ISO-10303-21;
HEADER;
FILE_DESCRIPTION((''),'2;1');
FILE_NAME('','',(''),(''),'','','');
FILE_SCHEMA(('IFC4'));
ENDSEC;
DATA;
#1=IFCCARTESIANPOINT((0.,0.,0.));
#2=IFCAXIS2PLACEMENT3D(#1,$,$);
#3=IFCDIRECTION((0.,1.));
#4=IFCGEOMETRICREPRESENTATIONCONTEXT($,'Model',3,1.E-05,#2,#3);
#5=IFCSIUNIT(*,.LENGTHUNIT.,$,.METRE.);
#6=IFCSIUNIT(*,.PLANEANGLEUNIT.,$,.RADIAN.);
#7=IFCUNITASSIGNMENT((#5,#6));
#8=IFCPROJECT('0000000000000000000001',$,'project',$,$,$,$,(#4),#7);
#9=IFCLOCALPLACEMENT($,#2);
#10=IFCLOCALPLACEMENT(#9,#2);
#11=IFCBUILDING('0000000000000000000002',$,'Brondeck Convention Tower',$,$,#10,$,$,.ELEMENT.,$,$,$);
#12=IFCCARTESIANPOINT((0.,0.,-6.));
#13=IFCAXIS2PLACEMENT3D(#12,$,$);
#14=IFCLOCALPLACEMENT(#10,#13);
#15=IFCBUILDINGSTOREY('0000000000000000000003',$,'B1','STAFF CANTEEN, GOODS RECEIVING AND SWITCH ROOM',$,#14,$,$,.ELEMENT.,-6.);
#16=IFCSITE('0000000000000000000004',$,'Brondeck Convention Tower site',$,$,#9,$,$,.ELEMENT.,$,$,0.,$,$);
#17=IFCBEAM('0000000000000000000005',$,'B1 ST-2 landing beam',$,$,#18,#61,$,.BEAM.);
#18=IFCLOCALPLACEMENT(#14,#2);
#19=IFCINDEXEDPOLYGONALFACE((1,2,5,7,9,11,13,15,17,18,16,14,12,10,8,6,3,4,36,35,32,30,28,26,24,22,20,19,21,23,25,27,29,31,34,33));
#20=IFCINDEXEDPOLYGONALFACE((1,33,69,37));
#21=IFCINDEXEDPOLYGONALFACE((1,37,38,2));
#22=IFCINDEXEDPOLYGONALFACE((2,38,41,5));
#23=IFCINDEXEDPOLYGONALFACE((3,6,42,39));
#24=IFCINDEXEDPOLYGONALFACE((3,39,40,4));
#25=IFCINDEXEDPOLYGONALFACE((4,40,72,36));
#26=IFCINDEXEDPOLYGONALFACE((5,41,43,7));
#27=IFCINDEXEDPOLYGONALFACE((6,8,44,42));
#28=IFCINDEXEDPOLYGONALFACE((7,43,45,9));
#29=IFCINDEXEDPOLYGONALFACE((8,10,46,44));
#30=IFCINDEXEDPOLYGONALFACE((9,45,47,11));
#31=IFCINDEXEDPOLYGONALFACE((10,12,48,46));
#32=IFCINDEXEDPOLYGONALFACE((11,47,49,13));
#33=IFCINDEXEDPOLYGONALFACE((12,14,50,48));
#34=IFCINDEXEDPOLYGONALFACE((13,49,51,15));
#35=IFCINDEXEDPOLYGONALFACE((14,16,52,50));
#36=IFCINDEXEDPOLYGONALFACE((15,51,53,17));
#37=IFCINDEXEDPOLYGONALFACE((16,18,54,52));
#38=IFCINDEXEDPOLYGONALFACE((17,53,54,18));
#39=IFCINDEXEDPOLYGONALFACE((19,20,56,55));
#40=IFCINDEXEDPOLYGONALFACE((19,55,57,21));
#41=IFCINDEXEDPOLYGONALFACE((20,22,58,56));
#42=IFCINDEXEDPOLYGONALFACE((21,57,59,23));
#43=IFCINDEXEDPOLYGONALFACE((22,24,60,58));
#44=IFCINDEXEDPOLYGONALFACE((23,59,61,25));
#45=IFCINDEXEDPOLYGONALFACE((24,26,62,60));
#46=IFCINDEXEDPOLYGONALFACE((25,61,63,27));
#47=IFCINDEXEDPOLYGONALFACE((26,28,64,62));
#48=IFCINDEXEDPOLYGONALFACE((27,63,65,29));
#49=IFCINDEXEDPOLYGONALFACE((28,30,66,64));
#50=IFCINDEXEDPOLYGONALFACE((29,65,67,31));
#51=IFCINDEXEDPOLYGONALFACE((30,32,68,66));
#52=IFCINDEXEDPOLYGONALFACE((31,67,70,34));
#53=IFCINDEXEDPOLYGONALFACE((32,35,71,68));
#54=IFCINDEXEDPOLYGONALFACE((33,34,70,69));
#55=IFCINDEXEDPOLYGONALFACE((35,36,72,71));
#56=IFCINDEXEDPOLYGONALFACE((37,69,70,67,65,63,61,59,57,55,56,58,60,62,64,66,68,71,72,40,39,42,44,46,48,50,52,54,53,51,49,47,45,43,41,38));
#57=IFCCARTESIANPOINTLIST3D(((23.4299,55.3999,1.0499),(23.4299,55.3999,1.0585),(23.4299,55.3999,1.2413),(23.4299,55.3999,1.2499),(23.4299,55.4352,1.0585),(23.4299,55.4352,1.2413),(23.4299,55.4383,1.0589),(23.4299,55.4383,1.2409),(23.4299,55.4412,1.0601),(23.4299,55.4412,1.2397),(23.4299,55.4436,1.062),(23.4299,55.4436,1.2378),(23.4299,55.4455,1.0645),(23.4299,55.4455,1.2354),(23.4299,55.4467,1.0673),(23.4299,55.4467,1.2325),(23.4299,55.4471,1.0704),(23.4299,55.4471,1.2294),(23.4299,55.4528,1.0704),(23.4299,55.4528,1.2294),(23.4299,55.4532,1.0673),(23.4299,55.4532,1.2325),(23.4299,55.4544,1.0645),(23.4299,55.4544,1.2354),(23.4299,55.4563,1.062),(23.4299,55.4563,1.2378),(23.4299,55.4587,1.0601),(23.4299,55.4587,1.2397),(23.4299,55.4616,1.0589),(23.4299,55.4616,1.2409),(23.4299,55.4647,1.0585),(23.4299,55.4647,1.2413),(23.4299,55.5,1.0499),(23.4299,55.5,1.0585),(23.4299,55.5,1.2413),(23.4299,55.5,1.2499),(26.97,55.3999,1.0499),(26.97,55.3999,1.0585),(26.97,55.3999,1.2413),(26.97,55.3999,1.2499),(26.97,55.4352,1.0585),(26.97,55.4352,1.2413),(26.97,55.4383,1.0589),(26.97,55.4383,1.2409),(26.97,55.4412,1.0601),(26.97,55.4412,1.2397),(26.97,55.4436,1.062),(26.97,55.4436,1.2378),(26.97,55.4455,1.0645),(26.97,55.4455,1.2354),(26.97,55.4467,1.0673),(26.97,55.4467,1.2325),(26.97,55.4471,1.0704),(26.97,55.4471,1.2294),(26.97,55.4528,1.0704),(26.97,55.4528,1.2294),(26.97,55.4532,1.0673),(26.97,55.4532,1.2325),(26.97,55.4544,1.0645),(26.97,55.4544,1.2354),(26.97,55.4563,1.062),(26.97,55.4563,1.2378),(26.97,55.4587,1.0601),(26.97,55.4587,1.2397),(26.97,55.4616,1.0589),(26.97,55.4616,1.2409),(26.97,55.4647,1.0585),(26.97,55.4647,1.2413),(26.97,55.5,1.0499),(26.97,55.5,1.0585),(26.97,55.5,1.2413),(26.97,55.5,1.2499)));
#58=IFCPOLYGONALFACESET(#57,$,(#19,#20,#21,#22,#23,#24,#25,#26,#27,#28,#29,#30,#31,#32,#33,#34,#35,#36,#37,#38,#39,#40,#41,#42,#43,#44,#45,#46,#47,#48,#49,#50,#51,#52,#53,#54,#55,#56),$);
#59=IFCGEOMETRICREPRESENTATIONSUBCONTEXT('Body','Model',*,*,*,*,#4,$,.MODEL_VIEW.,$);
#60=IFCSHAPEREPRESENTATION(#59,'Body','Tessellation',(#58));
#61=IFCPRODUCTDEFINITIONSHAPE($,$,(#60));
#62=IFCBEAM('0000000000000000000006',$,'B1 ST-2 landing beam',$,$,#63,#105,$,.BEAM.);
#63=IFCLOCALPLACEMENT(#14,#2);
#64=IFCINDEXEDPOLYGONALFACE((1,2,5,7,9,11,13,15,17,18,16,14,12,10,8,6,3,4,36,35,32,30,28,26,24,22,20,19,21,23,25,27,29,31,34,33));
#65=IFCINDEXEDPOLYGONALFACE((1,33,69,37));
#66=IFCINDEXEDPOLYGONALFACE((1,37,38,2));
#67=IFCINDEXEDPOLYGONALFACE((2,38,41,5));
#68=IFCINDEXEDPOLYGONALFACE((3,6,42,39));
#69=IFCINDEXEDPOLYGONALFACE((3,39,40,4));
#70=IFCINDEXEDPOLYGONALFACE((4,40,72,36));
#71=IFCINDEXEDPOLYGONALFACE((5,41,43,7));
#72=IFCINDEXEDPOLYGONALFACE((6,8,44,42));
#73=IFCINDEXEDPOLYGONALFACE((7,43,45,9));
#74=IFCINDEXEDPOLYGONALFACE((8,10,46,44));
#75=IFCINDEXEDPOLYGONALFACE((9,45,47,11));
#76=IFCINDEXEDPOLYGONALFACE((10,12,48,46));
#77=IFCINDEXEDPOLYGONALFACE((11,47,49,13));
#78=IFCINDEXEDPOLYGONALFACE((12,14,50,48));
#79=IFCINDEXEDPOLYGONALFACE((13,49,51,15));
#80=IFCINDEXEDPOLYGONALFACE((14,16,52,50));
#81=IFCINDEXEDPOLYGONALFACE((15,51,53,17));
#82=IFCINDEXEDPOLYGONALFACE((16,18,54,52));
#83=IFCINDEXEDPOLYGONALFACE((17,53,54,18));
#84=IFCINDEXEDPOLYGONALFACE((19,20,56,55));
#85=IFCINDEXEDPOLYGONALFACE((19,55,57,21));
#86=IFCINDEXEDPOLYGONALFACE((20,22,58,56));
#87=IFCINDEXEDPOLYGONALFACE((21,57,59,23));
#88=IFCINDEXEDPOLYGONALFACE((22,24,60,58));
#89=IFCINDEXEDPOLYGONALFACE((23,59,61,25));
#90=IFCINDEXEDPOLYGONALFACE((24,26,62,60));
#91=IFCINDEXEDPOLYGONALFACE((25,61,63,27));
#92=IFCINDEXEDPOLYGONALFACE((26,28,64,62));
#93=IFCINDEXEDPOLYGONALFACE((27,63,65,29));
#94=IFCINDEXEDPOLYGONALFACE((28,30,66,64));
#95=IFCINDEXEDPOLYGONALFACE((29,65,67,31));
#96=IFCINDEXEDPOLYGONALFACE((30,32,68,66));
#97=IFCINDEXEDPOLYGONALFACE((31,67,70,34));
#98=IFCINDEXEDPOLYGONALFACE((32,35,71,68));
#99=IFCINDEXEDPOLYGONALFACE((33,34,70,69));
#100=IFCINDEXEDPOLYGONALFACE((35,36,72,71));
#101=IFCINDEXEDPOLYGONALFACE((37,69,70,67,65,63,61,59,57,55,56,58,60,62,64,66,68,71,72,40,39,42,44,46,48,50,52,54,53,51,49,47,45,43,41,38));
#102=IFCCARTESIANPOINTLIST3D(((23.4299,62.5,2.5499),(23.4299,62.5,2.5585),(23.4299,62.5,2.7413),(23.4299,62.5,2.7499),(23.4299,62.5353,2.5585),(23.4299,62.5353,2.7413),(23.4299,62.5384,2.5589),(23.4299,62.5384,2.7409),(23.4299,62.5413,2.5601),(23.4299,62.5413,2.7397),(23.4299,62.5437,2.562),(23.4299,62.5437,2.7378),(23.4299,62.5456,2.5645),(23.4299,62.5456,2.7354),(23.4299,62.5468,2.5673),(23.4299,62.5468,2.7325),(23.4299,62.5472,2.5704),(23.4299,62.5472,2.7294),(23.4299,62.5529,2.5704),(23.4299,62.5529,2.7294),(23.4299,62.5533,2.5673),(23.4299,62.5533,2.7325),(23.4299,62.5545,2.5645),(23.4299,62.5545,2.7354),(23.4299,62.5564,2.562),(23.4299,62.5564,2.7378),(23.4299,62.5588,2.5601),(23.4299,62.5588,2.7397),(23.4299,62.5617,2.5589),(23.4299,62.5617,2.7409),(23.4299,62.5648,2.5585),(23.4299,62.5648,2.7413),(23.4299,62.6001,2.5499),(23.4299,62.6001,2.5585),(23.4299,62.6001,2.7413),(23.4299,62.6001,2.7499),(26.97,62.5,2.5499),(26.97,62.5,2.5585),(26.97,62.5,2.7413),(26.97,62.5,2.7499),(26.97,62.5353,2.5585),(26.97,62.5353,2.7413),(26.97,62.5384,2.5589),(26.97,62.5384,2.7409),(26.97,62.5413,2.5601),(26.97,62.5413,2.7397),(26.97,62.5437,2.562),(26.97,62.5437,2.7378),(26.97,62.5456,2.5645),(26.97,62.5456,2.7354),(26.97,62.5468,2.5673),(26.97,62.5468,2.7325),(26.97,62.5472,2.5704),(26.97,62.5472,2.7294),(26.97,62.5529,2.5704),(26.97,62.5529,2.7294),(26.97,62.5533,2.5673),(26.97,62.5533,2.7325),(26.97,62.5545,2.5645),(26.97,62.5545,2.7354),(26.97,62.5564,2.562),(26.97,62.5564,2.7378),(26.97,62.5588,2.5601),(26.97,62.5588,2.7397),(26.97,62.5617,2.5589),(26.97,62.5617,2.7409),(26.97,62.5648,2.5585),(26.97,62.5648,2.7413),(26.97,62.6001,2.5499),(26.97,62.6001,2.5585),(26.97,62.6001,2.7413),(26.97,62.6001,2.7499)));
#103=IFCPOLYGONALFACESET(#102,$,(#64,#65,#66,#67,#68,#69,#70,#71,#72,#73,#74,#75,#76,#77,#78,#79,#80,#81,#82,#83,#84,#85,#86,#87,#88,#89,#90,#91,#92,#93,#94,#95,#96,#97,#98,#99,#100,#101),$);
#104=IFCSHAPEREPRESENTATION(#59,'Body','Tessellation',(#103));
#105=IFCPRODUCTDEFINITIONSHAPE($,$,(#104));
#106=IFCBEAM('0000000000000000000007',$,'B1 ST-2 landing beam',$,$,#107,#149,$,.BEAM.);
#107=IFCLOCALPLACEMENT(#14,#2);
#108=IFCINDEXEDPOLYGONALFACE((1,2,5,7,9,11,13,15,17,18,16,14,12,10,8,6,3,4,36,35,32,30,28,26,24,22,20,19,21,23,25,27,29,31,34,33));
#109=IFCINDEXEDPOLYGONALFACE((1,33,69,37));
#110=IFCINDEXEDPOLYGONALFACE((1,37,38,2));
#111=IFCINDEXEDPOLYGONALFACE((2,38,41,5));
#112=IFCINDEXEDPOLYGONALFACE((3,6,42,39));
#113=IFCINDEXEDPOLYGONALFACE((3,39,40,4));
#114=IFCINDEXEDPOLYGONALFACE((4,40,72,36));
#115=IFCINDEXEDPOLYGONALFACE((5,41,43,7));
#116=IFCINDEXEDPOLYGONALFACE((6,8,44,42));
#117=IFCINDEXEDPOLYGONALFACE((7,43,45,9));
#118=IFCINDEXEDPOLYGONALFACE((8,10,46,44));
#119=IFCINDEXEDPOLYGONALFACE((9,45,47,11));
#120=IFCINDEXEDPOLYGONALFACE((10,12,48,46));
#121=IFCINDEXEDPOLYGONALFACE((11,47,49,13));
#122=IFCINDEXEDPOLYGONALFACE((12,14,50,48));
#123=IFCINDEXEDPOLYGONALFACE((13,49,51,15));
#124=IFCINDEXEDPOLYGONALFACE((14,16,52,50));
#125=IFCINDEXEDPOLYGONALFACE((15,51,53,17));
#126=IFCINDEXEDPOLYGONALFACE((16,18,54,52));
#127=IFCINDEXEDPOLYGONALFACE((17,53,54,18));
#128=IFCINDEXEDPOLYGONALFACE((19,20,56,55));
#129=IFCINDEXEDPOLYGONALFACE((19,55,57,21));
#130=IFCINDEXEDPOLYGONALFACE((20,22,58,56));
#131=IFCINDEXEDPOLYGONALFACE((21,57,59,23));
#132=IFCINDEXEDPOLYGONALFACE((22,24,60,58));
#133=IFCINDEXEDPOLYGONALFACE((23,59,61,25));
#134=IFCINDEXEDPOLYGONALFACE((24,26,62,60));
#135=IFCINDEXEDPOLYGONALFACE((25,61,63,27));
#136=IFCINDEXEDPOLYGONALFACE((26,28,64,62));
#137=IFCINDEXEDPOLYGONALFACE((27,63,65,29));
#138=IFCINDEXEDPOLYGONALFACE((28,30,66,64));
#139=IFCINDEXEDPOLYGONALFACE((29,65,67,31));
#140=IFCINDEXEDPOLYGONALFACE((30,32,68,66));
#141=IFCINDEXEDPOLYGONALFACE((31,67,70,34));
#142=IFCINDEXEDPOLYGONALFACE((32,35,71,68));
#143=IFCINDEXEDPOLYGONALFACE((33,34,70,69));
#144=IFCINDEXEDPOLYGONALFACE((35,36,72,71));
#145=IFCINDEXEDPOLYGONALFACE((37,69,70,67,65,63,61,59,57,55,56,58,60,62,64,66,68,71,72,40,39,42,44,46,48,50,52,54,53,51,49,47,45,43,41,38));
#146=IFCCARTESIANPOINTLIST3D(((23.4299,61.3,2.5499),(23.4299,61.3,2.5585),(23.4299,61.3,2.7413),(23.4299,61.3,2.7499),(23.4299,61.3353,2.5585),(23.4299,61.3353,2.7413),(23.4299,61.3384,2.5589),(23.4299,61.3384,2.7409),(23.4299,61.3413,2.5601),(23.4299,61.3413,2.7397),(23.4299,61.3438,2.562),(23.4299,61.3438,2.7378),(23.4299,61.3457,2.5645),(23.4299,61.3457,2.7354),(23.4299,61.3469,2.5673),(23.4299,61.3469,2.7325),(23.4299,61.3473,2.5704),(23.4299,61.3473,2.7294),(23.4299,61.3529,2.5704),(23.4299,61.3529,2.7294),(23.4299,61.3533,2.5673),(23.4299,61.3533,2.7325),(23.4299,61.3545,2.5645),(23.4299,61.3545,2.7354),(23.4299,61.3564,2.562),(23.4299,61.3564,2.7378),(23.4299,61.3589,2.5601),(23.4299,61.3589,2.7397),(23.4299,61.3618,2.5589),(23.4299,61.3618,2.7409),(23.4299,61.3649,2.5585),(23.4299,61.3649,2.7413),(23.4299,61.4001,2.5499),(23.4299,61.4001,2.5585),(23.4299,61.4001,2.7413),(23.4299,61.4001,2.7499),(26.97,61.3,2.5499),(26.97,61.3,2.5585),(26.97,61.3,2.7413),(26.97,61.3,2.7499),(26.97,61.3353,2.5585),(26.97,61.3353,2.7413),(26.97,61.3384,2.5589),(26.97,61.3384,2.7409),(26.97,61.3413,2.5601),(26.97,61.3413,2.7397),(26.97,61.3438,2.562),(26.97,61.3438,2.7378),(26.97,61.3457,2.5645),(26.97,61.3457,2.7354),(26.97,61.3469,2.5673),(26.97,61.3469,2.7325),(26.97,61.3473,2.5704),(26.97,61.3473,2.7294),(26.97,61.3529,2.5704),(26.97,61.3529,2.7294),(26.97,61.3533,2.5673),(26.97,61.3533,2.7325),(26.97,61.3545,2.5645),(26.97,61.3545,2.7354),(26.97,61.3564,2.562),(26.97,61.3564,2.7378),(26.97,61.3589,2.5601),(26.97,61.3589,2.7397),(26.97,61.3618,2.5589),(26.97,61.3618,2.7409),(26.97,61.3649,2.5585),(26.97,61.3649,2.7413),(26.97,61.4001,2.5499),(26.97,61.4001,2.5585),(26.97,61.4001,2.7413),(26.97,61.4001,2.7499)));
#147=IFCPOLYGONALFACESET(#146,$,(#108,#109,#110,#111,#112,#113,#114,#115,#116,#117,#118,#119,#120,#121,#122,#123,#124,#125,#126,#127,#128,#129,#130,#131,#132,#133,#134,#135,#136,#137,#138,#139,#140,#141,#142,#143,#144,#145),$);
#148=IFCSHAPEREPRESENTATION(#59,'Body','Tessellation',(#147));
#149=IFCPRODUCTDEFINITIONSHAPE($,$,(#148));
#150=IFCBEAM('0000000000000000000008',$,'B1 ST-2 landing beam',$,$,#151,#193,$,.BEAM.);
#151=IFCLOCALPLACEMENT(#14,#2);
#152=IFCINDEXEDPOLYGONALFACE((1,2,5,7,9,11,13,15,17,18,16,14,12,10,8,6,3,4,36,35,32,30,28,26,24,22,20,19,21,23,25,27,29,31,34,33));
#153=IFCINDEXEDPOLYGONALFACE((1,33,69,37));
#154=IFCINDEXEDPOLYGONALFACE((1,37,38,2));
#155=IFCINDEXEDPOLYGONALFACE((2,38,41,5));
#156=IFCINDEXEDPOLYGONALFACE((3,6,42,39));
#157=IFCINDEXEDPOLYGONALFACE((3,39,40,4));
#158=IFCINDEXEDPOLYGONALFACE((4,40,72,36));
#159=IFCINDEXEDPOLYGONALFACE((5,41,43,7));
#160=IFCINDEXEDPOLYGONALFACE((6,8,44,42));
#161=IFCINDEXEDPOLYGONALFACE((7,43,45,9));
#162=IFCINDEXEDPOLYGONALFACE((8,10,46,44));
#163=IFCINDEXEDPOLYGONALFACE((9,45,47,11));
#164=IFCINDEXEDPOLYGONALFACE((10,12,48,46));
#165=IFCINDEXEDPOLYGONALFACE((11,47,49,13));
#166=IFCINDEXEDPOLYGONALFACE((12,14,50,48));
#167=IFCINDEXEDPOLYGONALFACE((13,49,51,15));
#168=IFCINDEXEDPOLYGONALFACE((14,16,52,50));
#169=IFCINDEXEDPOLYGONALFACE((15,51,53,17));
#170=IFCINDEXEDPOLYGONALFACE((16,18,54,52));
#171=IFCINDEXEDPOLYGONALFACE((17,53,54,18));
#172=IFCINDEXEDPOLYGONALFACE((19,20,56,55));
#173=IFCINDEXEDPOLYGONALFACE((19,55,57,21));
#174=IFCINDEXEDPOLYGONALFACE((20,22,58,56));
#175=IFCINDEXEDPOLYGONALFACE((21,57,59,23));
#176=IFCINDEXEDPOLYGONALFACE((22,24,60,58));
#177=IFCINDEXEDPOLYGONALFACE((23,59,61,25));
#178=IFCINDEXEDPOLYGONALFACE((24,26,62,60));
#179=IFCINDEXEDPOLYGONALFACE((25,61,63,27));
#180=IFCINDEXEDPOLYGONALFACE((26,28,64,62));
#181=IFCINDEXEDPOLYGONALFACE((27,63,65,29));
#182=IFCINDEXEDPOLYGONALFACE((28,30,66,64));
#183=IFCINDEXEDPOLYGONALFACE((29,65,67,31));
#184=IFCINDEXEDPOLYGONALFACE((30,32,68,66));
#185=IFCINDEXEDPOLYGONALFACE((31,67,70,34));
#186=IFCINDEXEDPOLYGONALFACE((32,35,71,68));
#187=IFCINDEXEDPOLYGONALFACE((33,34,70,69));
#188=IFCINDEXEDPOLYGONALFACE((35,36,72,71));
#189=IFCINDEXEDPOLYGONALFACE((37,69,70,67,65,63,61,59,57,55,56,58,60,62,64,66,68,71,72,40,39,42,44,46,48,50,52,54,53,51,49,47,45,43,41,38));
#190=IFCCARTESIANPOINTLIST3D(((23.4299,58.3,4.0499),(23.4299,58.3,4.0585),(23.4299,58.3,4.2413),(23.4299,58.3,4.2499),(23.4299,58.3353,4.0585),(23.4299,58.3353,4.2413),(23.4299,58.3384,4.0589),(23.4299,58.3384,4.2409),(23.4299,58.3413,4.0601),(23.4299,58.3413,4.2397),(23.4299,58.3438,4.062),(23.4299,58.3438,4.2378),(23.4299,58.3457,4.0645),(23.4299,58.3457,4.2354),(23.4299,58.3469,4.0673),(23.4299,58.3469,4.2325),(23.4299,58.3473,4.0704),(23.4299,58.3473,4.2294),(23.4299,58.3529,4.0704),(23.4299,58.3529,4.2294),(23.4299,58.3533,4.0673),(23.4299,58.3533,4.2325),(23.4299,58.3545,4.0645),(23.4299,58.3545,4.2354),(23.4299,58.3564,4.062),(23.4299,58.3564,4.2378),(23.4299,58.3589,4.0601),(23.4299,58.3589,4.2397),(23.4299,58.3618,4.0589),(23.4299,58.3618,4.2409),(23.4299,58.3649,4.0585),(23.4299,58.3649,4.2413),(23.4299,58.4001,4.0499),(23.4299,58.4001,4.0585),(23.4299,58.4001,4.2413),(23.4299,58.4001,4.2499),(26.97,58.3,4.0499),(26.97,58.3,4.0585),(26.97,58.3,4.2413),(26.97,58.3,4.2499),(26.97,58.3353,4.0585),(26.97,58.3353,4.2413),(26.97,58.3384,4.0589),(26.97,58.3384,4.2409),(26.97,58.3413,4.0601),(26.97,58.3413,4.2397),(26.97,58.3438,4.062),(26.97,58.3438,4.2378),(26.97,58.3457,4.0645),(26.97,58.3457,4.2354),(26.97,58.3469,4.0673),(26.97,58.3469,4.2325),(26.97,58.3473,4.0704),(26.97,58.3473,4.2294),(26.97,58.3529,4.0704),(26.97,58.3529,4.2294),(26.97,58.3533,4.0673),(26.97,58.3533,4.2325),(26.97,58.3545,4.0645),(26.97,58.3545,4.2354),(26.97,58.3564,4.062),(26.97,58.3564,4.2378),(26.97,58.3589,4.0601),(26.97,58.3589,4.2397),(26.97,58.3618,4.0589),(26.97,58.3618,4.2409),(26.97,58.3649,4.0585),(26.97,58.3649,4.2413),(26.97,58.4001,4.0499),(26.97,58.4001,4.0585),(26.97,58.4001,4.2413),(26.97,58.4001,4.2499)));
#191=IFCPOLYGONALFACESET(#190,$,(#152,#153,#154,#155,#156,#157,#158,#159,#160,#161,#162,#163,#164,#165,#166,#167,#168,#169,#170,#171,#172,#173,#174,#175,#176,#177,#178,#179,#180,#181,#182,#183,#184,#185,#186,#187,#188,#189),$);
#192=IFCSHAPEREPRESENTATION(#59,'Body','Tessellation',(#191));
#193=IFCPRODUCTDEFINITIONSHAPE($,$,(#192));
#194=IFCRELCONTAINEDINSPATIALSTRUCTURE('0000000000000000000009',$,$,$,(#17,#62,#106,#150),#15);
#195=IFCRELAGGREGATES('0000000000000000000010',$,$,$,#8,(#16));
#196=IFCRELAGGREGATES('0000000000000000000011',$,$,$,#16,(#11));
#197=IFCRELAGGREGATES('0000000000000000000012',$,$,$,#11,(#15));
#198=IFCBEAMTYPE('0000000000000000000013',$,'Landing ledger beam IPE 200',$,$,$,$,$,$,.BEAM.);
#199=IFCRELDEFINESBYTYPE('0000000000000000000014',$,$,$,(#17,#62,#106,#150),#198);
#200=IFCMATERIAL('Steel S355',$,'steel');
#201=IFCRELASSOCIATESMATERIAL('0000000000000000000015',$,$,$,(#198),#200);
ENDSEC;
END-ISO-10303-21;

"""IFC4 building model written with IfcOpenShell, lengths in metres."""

from ifc_helpers import new_model, si_unit, direction, frame, origin, origin_2d, place, context, subcontext, project, spatial, i_section, extrude, material, material_profile, profile_set, type_object, element, save


model = new_model("IFC4")

# Units and contexts
model_context = context("Model", 3, precision=1e-05, world=origin(), true_north=direction((0.0, 1.0)))
body_context = subcontext(model_context, "Body", "Model", "MODEL_VIEW")
ifc_project = project(units=[si_unit("LENGTHUNIT", "METRE"), si_unit("PLANEANGLEUNIT", "RADIAN")], contexts=[model_context])

# Site, building, storey
site_placement = place(None, origin())
site = spatial("IfcSite", under=ifc_project, at=site_placement, Name="Brondeck Convention Tower site", CompositionType="ELEMENT", RefElevation=0.0)
building_placement = place(site_placement, origin())
building = spatial("IfcBuilding", under=site, at=building_placement, Name="Brondeck Convention Tower", CompositionType="ELEMENT")
storey_placement = place(building_placement, frame((0.0, 0.0, -6.0)))
storey = spatial("IfcBuildingStorey", under=building, at=storey_placement, Name="B1", Description="STAFF CANTEEN, GOODS RECEIVING AND SWITCH ROOM", CompositionType="ELEMENT", Elevation=-6.0)

# Beams
ifc_material_1 = material(Name="Steel S355", Category="steel")
ifc_material_profile_1 = material_profile(ifc_material_1, i_section(OverallWidth=0.1001, OverallDepth=0.2, WebThickness=0.0056, FlangeThickness=0.0085, FilletRadius=0.012, at=origin_2d()), Name="IPE200")
ifc_profile_set_1 = profile_set([ifc_material_profile_1], Name="Steel S355")
beam_type = type_object("IfcBeamType", Name="Landing ledger beam IPE 200", PredefinedType="BEAM", material=ifc_profile_set_1)
for number, where, z_axis, x_axis, name in (
    (1, (23.4299, 55.45, 1.1499), (1.0, 0.0, 0.0), (0.0, 1.0, 0.0), "B1 ST-2 landing beam"),
    (2, (23.4299, 62.55, 2.6499), (1.0, 0.0, 0.0), (0.0, 1.0, 0.0), "B1 ST-2 landing beam"),
    (3, (23.4299, 61.3501, 2.6499), (1.0, 0.0, 0.0), (0.0, 1.0, 0.0), "B1 ST-2 landing beam"),
    (4, (23.4299, 58.3501, 4.1499), (1.0, 0.0, 0.0), (0.0, 1.0, 0.0), "B1 ST-2 landing beam"),
):
    element("IfcBeam", number, at=place(storey_placement, frame(where, z_axis=z_axis, x_axis=x_axis)), inside=storey, type_object=beam_type, Name=name, PredefinedType="BEAM", context=body_context, shape_type="SweptSolid", body=[
        extrude(i_section(OverallWidth=0.1001, OverallDepth=0.2, WebThickness=0.0056, FlangeThickness=0.0085, FilletRadius=0.012, at=origin_2d()), origin(), (0.0, 0.0, 1.0), 3.54),
    ])

save(model, "model.ifc")
